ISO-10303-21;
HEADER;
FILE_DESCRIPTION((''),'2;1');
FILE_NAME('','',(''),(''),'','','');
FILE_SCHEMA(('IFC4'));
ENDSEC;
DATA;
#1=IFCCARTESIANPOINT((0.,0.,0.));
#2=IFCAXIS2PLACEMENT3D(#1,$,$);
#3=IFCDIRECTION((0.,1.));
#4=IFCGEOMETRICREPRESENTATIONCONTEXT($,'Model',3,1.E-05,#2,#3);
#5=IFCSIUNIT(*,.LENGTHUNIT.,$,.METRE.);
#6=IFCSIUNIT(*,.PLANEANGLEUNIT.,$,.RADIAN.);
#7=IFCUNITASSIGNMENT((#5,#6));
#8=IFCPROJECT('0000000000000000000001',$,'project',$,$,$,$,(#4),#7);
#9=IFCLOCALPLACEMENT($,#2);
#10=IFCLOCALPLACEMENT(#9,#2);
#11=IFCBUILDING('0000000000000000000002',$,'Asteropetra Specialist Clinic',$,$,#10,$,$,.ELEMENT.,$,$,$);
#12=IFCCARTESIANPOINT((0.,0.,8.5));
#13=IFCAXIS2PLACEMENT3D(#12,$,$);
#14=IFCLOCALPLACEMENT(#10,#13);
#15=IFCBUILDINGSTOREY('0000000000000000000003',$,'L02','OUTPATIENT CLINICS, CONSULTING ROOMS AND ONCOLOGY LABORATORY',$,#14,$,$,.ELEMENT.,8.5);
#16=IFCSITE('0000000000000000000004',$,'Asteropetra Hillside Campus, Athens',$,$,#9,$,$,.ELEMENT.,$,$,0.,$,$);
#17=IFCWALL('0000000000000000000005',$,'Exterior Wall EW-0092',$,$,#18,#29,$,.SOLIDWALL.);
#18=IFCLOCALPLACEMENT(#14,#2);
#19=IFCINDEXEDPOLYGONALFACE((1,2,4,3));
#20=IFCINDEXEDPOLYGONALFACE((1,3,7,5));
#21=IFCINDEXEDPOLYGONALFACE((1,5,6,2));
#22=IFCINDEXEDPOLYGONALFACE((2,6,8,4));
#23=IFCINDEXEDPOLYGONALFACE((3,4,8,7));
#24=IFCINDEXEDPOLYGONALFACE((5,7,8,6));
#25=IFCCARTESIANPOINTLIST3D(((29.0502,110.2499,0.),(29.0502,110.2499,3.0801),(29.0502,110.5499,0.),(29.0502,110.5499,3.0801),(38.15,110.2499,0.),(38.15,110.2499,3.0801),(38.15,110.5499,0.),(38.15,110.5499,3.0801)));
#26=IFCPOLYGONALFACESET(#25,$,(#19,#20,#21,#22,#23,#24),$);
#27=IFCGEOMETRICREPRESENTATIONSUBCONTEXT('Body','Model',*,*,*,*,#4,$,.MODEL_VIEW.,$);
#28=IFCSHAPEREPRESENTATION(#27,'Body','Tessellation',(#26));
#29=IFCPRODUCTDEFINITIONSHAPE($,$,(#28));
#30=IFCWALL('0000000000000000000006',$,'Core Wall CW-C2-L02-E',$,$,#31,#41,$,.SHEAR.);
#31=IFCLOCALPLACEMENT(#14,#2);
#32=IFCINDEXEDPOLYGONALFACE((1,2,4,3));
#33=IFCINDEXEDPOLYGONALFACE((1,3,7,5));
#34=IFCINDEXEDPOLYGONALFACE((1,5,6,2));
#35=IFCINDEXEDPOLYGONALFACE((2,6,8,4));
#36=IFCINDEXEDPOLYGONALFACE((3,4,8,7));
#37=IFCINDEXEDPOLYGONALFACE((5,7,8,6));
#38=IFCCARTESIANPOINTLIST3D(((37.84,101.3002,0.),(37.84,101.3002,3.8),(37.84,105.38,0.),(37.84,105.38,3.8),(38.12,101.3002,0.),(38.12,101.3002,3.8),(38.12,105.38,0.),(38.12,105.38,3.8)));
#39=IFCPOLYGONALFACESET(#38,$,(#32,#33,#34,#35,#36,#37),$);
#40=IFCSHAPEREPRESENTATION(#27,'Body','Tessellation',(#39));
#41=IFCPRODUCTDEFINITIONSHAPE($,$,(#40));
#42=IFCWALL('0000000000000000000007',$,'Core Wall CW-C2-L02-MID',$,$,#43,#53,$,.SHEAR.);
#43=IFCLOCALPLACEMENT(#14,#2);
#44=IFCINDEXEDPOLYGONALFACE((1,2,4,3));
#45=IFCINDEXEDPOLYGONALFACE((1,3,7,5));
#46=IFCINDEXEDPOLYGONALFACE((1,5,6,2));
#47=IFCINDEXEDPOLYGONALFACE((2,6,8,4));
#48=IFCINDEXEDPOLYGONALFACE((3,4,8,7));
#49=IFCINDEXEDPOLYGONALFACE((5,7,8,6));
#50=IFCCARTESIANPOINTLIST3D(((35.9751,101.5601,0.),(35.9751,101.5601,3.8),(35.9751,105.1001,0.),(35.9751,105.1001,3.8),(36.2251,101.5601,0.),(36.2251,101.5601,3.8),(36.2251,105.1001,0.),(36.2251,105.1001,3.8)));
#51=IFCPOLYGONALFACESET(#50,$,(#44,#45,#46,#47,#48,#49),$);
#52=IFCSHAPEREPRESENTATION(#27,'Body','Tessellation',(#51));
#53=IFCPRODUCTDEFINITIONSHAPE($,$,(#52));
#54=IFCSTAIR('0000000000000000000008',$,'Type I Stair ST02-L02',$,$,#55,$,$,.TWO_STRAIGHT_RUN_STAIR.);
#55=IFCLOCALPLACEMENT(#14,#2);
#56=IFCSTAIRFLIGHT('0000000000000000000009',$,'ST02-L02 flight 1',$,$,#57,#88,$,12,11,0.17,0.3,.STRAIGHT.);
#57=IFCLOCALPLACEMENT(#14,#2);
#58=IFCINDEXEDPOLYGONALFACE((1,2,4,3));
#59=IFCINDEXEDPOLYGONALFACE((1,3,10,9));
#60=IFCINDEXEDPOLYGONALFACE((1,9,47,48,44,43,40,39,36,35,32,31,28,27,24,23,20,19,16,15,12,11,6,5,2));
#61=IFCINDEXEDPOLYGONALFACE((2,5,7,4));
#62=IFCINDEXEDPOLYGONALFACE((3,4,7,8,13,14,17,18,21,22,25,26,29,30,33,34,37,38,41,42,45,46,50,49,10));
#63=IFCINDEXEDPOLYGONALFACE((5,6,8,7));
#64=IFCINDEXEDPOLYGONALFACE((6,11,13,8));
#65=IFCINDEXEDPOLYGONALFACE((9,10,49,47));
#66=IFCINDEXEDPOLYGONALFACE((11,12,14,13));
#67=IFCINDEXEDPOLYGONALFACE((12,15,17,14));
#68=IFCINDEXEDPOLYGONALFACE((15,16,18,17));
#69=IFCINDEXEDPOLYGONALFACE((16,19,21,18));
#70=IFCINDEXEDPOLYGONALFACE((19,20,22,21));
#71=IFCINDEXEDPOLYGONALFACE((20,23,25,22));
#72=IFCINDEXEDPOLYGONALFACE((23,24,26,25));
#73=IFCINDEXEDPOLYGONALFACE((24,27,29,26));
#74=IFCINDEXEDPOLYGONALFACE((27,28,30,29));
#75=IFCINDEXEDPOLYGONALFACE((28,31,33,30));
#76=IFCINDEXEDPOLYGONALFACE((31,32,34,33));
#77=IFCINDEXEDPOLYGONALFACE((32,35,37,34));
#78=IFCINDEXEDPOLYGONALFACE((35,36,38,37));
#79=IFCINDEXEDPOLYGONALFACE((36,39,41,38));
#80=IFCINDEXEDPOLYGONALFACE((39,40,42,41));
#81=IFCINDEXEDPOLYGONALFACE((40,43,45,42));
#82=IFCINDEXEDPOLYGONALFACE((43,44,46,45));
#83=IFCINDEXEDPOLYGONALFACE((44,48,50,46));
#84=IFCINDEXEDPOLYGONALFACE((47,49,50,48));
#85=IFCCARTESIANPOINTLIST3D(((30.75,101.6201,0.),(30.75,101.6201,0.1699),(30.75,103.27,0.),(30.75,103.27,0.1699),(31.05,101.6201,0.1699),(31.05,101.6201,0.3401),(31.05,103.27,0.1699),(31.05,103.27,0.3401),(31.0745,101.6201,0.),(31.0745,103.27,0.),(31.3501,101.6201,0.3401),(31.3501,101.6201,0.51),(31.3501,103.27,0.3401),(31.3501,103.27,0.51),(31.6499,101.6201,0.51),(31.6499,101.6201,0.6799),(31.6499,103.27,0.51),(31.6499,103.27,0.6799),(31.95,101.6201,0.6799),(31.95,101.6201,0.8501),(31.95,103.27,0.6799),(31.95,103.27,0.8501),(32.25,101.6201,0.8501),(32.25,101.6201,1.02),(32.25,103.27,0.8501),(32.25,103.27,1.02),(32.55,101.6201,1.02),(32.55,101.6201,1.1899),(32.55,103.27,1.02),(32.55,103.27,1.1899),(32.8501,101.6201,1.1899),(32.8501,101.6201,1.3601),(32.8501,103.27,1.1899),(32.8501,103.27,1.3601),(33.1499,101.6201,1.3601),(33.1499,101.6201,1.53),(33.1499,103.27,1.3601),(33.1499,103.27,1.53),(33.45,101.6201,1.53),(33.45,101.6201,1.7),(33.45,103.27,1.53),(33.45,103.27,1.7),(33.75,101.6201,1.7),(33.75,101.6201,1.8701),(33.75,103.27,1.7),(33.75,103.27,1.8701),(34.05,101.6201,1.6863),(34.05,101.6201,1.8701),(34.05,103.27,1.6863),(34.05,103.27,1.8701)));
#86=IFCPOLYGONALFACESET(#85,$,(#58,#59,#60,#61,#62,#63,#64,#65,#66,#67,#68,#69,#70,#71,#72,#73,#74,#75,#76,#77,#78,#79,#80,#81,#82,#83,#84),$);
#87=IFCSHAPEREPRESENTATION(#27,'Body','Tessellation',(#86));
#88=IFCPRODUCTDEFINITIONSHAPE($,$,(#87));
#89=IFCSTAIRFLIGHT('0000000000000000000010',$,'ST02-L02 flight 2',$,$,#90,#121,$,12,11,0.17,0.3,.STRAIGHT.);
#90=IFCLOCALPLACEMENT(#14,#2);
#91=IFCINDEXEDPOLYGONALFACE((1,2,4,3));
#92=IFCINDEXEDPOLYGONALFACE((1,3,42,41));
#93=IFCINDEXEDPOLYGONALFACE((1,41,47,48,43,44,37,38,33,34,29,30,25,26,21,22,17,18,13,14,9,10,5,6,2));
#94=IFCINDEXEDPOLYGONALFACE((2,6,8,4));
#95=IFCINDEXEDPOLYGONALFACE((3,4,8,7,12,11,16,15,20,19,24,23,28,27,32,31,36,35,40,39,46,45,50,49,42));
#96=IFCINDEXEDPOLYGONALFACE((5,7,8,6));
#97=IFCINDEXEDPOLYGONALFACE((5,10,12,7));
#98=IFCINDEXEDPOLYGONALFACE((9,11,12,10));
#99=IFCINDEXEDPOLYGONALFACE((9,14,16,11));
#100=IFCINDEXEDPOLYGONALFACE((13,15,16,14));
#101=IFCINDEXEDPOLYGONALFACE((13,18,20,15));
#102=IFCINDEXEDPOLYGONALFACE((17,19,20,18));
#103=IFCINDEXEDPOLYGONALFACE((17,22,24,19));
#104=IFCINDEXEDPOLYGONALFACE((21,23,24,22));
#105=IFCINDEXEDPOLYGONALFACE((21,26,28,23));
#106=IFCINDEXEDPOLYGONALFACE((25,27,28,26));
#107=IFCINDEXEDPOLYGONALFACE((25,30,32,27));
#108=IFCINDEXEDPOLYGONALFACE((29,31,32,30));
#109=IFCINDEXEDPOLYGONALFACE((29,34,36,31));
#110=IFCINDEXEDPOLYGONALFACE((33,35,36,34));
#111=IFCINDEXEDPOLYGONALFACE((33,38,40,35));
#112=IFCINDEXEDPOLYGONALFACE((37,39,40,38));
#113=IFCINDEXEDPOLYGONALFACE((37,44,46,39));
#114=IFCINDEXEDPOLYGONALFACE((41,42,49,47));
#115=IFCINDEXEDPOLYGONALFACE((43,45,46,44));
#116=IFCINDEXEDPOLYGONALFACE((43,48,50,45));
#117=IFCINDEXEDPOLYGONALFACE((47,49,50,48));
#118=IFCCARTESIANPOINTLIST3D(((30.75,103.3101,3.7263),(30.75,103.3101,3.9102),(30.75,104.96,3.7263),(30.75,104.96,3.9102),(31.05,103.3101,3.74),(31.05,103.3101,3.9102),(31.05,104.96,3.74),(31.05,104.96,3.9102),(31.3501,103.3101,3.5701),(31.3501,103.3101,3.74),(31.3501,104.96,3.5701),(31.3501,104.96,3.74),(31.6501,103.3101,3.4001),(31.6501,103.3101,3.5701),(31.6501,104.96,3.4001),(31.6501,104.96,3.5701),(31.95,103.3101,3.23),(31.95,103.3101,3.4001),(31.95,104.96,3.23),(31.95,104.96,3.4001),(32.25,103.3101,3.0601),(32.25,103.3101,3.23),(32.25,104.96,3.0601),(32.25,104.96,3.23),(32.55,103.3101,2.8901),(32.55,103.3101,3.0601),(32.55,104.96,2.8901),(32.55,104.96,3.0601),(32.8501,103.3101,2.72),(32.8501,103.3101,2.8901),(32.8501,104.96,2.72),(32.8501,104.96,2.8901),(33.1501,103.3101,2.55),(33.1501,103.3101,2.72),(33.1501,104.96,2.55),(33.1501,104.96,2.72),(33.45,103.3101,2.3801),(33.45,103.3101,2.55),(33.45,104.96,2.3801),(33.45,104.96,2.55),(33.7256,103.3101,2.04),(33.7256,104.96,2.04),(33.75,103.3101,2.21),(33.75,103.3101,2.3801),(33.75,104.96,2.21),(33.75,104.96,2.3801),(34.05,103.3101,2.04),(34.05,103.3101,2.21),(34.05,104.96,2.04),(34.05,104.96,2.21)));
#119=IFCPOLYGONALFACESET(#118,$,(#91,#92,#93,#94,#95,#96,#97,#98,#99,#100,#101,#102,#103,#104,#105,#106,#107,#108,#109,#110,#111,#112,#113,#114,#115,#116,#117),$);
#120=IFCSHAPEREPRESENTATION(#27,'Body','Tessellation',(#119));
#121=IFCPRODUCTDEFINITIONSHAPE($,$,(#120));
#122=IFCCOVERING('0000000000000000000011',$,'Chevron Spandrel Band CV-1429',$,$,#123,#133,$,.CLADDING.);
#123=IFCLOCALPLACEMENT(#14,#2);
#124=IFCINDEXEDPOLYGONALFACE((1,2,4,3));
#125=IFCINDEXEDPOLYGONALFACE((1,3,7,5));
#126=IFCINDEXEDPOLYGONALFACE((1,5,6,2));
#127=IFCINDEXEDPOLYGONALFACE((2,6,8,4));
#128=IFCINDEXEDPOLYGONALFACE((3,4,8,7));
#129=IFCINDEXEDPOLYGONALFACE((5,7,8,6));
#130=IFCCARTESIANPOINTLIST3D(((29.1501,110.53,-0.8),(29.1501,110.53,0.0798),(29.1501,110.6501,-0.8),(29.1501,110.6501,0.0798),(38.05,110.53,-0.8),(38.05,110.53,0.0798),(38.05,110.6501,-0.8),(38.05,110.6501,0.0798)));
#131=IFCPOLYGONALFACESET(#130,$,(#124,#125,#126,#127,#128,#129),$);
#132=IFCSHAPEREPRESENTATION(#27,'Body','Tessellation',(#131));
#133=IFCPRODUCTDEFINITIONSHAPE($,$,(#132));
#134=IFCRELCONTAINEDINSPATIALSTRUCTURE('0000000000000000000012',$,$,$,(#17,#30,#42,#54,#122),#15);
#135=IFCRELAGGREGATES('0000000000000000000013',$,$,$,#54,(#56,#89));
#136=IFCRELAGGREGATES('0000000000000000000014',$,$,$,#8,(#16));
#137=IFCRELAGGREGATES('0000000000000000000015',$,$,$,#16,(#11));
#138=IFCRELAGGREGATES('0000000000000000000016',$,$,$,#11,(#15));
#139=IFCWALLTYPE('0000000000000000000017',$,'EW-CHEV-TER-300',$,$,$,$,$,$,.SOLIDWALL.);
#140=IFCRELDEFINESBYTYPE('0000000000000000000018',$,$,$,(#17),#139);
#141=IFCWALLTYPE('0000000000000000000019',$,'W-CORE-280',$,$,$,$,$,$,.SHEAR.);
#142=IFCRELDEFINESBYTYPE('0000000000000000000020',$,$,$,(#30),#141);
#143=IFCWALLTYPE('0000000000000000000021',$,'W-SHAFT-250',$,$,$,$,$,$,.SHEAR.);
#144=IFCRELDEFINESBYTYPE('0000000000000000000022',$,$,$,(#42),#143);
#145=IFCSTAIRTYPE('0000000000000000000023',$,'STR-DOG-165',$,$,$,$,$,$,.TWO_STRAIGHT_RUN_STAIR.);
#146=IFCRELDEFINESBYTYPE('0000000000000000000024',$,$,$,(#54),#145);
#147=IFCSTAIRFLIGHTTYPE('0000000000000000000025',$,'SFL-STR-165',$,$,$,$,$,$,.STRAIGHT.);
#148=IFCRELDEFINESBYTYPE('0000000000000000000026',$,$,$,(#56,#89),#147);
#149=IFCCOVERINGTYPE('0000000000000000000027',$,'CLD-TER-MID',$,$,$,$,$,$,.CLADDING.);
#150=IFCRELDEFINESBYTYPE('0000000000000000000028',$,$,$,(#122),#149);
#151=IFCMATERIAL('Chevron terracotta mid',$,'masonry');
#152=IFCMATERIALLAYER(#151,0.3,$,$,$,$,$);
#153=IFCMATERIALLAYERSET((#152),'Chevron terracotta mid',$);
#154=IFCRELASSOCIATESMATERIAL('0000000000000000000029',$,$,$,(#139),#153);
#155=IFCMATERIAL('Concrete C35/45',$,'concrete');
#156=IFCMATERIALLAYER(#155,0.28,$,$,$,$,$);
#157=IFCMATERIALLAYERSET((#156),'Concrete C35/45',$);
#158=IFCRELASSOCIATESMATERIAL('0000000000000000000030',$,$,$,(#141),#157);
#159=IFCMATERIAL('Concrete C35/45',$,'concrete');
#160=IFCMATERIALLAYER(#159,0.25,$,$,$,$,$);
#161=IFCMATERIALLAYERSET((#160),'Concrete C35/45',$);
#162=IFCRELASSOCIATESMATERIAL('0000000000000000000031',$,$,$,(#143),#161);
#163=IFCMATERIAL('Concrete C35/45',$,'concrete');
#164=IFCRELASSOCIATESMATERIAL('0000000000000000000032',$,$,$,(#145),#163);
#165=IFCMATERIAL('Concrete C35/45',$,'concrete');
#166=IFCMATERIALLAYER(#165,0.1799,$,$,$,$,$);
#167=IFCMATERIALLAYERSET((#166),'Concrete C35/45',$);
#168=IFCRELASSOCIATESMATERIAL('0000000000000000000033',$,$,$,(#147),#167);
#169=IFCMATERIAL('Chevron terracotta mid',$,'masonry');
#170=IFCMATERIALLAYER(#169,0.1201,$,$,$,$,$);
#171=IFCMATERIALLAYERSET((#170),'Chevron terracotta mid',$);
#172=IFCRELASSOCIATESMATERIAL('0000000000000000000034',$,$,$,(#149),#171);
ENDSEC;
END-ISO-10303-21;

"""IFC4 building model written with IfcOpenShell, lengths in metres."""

from ifc_helpers import new_model, si_unit, direction, frame, frame_2d, origin, origin_2d, place, context, subcontext, project, spatial, polyline, rectangle, outline, extrude, material, layer, layer_set, type_object, element, aggregate, save


model = new_model("IFC4")

# Units and contexts
model_context = context("Model", 3, precision=1e-05, world=origin(), true_north=direction((0.0, 1.0)))
body_context = subcontext(model_context, "Body", "Model", "MODEL_VIEW")
ifc_project = project(units=[si_unit("LENGTHUNIT", "METRE"), si_unit("PLANEANGLEUNIT", "RADIAN")], contexts=[model_context])

# Site, building, storey
site_placement = place(None, origin())
site = spatial("IfcSite", under=ifc_project, at=site_placement, Name="Asteropetra Hillside Campus, Athens", CompositionType="ELEMENT", RefElevation=0.0)
building_placement = place(site_placement, origin())
building = spatial("IfcBuilding", under=site, at=building_placement, Name="Asteropetra Specialist Clinic", CompositionType="ELEMENT")
storey_placement = place(building_placement, frame((0.0, 0.0, 8.5)))
storey = spatial("IfcBuildingStorey", under=building, at=storey_placement, Name="L02", Description="OUTPATIENT CLINICS, CONSULTING ROOMS AND ONCOLOGY LABORATORY", CompositionType="ELEMENT", Elevation=8.5)

# Walls
ifc_material_1 = material(Name="Chevron terracotta mid", Category="masonry")
ifc_layer_1 = layer(ifc_material_1, 0.3)
ifc_layer_set_1 = layer_set([ifc_layer_1], Name="Chevron terracotta mid")
wall_type_1 = type_object("IfcWallType", Name="EW-CHEV-TER-300", PredefinedType="SOLIDWALL", material=ifc_layer_set_1)
wall_1_placement = place(storey_placement, frame((38.1499, 110.3999, 0.0), z_axis=(0.0, 0.0, 1.0), x_axis=(-1.0, 0.0, 0.0)))
element("IfcWall", 1, at=wall_1_placement, inside=storey, type_object=wall_type_1, Name="Exterior Wall EW-0092", PredefinedType="SOLIDWALL", context=body_context, shape_type="SweptSolid", body=[
    extrude(rectangle(XDim=9.0999, YDim=0.3, at=frame_2d((4.5498, 0.0))), origin(), (0.0, 0.0, 1.0), 3.0801),
])
ifc_material_2 = material(Name="Concrete C35/45", Category="concrete")
ifc_layer_2 = layer(ifc_material_2, 0.28)
ifc_layer_set_2 = layer_set([ifc_layer_2], Name="Concrete C35/45")
wall_type_2 = type_object("IfcWallType", Name="W-CORE-280", PredefinedType="SHEAR", material=ifc_layer_set_2)
wall_2_placement = place(storey_placement, frame((37.98, 101.3, 0.0), z_axis=(0.0, 0.0, 1.0), x_axis=(0.0, 1.0, 0.0)))
element("IfcWall", 2, at=wall_2_placement, inside=storey, type_object=wall_type_2, Name="Core Wall CW-C2-L02-E", PredefinedType="SHEAR", context=body_context, shape_type="SweptSolid", body=[
    extrude(rectangle(XDim=4.0798, YDim=0.28, at=frame_2d((2.04, 0.0))), origin(), (0.0, 0.0, 1.0), 3.8),
])
ifc_material_3 = material(Name="Concrete C35/45", Category="concrete")
ifc_layer_3 = layer(ifc_material_3, 0.25)
ifc_layer_set_3 = layer_set([ifc_layer_3], Name="Concrete C35/45")
wall_type_3 = type_object("IfcWallType", Name="W-SHAFT-250", PredefinedType="SHEAR", material=ifc_layer_set_3)
wall_3_placement = place(storey_placement, frame((36.1001, 101.5601, 0.0), z_axis=(0.0, 0.0, 1.0), x_axis=(0.0, 1.0, 0.0)))
element("IfcWall", 3, at=wall_3_placement, inside=storey, type_object=wall_type_3, Name="Core Wall CW-C2-L02-MID", PredefinedType="SHEAR", context=body_context, shape_type="SweptSolid", body=[
    extrude(rectangle(XDim=3.54, YDim=0.25, at=frame_2d((1.77, 0.0))), origin(), (0.0, 0.0, 1.0), 3.8),
])

# Stair, stair flights
ifc_material_4 = material(Name="Concrete C35/45", Category="concrete")
stair_type = type_object("IfcStairType", Name="STR-DOG-165", PredefinedType="TWO_STRAIGHT_RUN_STAIR", material=ifc_material_4)
stair_placement = place(storey_placement, origin())
stair = element("IfcStair", 4, at=stair_placement, inside=storey, type_object=stair_type, Name="Type I Stair ST02-L02", PredefinedType="TWO_STRAIGHT_RUN_STAIR")
ifc_material_5 = material(Name="Concrete C35/45", Category="concrete")
ifc_layer_4 = layer(ifc_material_5, 0.1799)
ifc_layer_set_4 = layer_set([ifc_layer_4], Name="Concrete C35/45")
stair_flight_type = type_object("IfcStairFlightType", Name="SFL-STR-165", PredefinedType="STRAIGHT", material=ifc_layer_set_4)
stair_flight_1_placement = place(storey_placement, frame((30.75, 102.4451, 0.0), z_axis=(0.0, 0.0, 1.0), x_axis=(1.0, 0.0, 0.0)))
stair_flight_1 = element("IfcStairFlight", 5, at=stair_flight_1_placement, type_object=stair_flight_type, Name="ST02-L02 flight 1", NumberOfRisers=12, NumberOfTreads=11, PredefinedType="STRAIGHT", RiserHeight=0.17, TreadLength=0.3, context=body_context, shape_type="SweptSolid", body=[
    extrude(outline(polyline([(0.0, 0.0), (0.0, 0.1699), (0.3, 0.1699), (0.3, 0.3401), (0.6001, 0.3401), (0.6001, 0.51), (0.8999, 0.51), (0.8999, 0.6799), (1.2, 0.6799), (1.2, 0.8501), (1.5, 0.8501), (1.5, 1.02), (1.8, 1.02), (1.8, 1.1899), (2.1001, 1.1899), (2.1001, 1.3601), (2.3999, 1.3601), (2.3999, 1.53), (2.7, 1.53), (2.7, 1.7), (3.0, 1.7), (3.0, 1.8701), (3.3, 1.8701), (3.3, 2.04), (3.3, 1.6863), (0.3245, 0.0), (0.0, 0.0)])), frame((0.0, 0.825, 0.0), z_axis=(0.0, -1.0, 0.0), x_axis=(1.0, 0.0, 0.0)), (0.0, 0.0, 1.0), 1.6499),
])
stair_flight_2_placement = place(storey_placement, frame((34.05, 104.135, 2.04), z_axis=(0.0, 0.0, 1.0), x_axis=(-1.0, 0.0, 0.0)))
stair_flight_2 = element("IfcStairFlight", 6, at=stair_flight_2_placement, type_object=stair_flight_type, Name="ST02-L02 flight 2", NumberOfRisers=12, NumberOfTreads=11, PredefinedType="STRAIGHT", RiserHeight=0.17, TreadLength=0.3, context=body_context, shape_type="SweptSolid", body=[
    extrude(outline(polyline([(0.0, 0.0), (0.0, 0.1699), (0.3, 0.1699), (0.3, 0.3401), (0.6001, 0.3401), (0.6001, 0.51), (0.8999, 0.51), (0.8999, 0.6799), (1.2, 0.6799), (1.2, 0.8501), (1.5, 0.8501), (1.5, 1.02), (1.8, 1.02), (1.8, 1.1899), (2.1001, 1.1899), (2.1001, 1.3601), (2.3999, 1.3601), (2.3999, 1.53), (2.7, 1.53), (2.7, 1.7), (3.0, 1.7), (3.0, 1.8701), (3.3, 1.8701), (3.3, 2.04), (3.3, 1.6863), (0.3245, 0.0), (0.0, 0.0)])), frame((0.0, 0.825, 0.0), z_axis=(0.0, -1.0, 0.0), x_axis=(1.0, 0.0, 0.0)), (0.0, 0.0, 1.0), 1.6499),
])
aggregate(stair, [stair_flight_1, stair_flight_2])

# Covering
ifc_material_6 = material(Name="Chevron terracotta mid", Category="masonry")
ifc_layer_5 = layer(ifc_material_6, 0.1201)
ifc_layer_set_5 = layer_set([ifc_layer_5], Name="Chevron terracotta mid")
covering_type = type_object("IfcCoveringType", Name="CLD-TER-MID", PredefinedType="CLADDING", material=ifc_layer_set_5)
covering_placement = place(storey_placement, frame((33.6001, 110.5901, -0.8), z_axis=(0.0, 0.0, 1.0), x_axis=(1.0, 0.0, 0.0)))
element("IfcCovering", 7, at=covering_placement, inside=storey, type_object=covering_type, Name="Chevron Spandrel Band CV-1429", PredefinedType="CLADDING", context=body_context, shape_type="SweptSolid", body=[
    extrude(rectangle(XDim=8.8999, YDim=0.1201, at=origin_2d()), origin(), (0.0, 0.0, 1.0), 0.8799),
])

save(model, "model.ifc")
